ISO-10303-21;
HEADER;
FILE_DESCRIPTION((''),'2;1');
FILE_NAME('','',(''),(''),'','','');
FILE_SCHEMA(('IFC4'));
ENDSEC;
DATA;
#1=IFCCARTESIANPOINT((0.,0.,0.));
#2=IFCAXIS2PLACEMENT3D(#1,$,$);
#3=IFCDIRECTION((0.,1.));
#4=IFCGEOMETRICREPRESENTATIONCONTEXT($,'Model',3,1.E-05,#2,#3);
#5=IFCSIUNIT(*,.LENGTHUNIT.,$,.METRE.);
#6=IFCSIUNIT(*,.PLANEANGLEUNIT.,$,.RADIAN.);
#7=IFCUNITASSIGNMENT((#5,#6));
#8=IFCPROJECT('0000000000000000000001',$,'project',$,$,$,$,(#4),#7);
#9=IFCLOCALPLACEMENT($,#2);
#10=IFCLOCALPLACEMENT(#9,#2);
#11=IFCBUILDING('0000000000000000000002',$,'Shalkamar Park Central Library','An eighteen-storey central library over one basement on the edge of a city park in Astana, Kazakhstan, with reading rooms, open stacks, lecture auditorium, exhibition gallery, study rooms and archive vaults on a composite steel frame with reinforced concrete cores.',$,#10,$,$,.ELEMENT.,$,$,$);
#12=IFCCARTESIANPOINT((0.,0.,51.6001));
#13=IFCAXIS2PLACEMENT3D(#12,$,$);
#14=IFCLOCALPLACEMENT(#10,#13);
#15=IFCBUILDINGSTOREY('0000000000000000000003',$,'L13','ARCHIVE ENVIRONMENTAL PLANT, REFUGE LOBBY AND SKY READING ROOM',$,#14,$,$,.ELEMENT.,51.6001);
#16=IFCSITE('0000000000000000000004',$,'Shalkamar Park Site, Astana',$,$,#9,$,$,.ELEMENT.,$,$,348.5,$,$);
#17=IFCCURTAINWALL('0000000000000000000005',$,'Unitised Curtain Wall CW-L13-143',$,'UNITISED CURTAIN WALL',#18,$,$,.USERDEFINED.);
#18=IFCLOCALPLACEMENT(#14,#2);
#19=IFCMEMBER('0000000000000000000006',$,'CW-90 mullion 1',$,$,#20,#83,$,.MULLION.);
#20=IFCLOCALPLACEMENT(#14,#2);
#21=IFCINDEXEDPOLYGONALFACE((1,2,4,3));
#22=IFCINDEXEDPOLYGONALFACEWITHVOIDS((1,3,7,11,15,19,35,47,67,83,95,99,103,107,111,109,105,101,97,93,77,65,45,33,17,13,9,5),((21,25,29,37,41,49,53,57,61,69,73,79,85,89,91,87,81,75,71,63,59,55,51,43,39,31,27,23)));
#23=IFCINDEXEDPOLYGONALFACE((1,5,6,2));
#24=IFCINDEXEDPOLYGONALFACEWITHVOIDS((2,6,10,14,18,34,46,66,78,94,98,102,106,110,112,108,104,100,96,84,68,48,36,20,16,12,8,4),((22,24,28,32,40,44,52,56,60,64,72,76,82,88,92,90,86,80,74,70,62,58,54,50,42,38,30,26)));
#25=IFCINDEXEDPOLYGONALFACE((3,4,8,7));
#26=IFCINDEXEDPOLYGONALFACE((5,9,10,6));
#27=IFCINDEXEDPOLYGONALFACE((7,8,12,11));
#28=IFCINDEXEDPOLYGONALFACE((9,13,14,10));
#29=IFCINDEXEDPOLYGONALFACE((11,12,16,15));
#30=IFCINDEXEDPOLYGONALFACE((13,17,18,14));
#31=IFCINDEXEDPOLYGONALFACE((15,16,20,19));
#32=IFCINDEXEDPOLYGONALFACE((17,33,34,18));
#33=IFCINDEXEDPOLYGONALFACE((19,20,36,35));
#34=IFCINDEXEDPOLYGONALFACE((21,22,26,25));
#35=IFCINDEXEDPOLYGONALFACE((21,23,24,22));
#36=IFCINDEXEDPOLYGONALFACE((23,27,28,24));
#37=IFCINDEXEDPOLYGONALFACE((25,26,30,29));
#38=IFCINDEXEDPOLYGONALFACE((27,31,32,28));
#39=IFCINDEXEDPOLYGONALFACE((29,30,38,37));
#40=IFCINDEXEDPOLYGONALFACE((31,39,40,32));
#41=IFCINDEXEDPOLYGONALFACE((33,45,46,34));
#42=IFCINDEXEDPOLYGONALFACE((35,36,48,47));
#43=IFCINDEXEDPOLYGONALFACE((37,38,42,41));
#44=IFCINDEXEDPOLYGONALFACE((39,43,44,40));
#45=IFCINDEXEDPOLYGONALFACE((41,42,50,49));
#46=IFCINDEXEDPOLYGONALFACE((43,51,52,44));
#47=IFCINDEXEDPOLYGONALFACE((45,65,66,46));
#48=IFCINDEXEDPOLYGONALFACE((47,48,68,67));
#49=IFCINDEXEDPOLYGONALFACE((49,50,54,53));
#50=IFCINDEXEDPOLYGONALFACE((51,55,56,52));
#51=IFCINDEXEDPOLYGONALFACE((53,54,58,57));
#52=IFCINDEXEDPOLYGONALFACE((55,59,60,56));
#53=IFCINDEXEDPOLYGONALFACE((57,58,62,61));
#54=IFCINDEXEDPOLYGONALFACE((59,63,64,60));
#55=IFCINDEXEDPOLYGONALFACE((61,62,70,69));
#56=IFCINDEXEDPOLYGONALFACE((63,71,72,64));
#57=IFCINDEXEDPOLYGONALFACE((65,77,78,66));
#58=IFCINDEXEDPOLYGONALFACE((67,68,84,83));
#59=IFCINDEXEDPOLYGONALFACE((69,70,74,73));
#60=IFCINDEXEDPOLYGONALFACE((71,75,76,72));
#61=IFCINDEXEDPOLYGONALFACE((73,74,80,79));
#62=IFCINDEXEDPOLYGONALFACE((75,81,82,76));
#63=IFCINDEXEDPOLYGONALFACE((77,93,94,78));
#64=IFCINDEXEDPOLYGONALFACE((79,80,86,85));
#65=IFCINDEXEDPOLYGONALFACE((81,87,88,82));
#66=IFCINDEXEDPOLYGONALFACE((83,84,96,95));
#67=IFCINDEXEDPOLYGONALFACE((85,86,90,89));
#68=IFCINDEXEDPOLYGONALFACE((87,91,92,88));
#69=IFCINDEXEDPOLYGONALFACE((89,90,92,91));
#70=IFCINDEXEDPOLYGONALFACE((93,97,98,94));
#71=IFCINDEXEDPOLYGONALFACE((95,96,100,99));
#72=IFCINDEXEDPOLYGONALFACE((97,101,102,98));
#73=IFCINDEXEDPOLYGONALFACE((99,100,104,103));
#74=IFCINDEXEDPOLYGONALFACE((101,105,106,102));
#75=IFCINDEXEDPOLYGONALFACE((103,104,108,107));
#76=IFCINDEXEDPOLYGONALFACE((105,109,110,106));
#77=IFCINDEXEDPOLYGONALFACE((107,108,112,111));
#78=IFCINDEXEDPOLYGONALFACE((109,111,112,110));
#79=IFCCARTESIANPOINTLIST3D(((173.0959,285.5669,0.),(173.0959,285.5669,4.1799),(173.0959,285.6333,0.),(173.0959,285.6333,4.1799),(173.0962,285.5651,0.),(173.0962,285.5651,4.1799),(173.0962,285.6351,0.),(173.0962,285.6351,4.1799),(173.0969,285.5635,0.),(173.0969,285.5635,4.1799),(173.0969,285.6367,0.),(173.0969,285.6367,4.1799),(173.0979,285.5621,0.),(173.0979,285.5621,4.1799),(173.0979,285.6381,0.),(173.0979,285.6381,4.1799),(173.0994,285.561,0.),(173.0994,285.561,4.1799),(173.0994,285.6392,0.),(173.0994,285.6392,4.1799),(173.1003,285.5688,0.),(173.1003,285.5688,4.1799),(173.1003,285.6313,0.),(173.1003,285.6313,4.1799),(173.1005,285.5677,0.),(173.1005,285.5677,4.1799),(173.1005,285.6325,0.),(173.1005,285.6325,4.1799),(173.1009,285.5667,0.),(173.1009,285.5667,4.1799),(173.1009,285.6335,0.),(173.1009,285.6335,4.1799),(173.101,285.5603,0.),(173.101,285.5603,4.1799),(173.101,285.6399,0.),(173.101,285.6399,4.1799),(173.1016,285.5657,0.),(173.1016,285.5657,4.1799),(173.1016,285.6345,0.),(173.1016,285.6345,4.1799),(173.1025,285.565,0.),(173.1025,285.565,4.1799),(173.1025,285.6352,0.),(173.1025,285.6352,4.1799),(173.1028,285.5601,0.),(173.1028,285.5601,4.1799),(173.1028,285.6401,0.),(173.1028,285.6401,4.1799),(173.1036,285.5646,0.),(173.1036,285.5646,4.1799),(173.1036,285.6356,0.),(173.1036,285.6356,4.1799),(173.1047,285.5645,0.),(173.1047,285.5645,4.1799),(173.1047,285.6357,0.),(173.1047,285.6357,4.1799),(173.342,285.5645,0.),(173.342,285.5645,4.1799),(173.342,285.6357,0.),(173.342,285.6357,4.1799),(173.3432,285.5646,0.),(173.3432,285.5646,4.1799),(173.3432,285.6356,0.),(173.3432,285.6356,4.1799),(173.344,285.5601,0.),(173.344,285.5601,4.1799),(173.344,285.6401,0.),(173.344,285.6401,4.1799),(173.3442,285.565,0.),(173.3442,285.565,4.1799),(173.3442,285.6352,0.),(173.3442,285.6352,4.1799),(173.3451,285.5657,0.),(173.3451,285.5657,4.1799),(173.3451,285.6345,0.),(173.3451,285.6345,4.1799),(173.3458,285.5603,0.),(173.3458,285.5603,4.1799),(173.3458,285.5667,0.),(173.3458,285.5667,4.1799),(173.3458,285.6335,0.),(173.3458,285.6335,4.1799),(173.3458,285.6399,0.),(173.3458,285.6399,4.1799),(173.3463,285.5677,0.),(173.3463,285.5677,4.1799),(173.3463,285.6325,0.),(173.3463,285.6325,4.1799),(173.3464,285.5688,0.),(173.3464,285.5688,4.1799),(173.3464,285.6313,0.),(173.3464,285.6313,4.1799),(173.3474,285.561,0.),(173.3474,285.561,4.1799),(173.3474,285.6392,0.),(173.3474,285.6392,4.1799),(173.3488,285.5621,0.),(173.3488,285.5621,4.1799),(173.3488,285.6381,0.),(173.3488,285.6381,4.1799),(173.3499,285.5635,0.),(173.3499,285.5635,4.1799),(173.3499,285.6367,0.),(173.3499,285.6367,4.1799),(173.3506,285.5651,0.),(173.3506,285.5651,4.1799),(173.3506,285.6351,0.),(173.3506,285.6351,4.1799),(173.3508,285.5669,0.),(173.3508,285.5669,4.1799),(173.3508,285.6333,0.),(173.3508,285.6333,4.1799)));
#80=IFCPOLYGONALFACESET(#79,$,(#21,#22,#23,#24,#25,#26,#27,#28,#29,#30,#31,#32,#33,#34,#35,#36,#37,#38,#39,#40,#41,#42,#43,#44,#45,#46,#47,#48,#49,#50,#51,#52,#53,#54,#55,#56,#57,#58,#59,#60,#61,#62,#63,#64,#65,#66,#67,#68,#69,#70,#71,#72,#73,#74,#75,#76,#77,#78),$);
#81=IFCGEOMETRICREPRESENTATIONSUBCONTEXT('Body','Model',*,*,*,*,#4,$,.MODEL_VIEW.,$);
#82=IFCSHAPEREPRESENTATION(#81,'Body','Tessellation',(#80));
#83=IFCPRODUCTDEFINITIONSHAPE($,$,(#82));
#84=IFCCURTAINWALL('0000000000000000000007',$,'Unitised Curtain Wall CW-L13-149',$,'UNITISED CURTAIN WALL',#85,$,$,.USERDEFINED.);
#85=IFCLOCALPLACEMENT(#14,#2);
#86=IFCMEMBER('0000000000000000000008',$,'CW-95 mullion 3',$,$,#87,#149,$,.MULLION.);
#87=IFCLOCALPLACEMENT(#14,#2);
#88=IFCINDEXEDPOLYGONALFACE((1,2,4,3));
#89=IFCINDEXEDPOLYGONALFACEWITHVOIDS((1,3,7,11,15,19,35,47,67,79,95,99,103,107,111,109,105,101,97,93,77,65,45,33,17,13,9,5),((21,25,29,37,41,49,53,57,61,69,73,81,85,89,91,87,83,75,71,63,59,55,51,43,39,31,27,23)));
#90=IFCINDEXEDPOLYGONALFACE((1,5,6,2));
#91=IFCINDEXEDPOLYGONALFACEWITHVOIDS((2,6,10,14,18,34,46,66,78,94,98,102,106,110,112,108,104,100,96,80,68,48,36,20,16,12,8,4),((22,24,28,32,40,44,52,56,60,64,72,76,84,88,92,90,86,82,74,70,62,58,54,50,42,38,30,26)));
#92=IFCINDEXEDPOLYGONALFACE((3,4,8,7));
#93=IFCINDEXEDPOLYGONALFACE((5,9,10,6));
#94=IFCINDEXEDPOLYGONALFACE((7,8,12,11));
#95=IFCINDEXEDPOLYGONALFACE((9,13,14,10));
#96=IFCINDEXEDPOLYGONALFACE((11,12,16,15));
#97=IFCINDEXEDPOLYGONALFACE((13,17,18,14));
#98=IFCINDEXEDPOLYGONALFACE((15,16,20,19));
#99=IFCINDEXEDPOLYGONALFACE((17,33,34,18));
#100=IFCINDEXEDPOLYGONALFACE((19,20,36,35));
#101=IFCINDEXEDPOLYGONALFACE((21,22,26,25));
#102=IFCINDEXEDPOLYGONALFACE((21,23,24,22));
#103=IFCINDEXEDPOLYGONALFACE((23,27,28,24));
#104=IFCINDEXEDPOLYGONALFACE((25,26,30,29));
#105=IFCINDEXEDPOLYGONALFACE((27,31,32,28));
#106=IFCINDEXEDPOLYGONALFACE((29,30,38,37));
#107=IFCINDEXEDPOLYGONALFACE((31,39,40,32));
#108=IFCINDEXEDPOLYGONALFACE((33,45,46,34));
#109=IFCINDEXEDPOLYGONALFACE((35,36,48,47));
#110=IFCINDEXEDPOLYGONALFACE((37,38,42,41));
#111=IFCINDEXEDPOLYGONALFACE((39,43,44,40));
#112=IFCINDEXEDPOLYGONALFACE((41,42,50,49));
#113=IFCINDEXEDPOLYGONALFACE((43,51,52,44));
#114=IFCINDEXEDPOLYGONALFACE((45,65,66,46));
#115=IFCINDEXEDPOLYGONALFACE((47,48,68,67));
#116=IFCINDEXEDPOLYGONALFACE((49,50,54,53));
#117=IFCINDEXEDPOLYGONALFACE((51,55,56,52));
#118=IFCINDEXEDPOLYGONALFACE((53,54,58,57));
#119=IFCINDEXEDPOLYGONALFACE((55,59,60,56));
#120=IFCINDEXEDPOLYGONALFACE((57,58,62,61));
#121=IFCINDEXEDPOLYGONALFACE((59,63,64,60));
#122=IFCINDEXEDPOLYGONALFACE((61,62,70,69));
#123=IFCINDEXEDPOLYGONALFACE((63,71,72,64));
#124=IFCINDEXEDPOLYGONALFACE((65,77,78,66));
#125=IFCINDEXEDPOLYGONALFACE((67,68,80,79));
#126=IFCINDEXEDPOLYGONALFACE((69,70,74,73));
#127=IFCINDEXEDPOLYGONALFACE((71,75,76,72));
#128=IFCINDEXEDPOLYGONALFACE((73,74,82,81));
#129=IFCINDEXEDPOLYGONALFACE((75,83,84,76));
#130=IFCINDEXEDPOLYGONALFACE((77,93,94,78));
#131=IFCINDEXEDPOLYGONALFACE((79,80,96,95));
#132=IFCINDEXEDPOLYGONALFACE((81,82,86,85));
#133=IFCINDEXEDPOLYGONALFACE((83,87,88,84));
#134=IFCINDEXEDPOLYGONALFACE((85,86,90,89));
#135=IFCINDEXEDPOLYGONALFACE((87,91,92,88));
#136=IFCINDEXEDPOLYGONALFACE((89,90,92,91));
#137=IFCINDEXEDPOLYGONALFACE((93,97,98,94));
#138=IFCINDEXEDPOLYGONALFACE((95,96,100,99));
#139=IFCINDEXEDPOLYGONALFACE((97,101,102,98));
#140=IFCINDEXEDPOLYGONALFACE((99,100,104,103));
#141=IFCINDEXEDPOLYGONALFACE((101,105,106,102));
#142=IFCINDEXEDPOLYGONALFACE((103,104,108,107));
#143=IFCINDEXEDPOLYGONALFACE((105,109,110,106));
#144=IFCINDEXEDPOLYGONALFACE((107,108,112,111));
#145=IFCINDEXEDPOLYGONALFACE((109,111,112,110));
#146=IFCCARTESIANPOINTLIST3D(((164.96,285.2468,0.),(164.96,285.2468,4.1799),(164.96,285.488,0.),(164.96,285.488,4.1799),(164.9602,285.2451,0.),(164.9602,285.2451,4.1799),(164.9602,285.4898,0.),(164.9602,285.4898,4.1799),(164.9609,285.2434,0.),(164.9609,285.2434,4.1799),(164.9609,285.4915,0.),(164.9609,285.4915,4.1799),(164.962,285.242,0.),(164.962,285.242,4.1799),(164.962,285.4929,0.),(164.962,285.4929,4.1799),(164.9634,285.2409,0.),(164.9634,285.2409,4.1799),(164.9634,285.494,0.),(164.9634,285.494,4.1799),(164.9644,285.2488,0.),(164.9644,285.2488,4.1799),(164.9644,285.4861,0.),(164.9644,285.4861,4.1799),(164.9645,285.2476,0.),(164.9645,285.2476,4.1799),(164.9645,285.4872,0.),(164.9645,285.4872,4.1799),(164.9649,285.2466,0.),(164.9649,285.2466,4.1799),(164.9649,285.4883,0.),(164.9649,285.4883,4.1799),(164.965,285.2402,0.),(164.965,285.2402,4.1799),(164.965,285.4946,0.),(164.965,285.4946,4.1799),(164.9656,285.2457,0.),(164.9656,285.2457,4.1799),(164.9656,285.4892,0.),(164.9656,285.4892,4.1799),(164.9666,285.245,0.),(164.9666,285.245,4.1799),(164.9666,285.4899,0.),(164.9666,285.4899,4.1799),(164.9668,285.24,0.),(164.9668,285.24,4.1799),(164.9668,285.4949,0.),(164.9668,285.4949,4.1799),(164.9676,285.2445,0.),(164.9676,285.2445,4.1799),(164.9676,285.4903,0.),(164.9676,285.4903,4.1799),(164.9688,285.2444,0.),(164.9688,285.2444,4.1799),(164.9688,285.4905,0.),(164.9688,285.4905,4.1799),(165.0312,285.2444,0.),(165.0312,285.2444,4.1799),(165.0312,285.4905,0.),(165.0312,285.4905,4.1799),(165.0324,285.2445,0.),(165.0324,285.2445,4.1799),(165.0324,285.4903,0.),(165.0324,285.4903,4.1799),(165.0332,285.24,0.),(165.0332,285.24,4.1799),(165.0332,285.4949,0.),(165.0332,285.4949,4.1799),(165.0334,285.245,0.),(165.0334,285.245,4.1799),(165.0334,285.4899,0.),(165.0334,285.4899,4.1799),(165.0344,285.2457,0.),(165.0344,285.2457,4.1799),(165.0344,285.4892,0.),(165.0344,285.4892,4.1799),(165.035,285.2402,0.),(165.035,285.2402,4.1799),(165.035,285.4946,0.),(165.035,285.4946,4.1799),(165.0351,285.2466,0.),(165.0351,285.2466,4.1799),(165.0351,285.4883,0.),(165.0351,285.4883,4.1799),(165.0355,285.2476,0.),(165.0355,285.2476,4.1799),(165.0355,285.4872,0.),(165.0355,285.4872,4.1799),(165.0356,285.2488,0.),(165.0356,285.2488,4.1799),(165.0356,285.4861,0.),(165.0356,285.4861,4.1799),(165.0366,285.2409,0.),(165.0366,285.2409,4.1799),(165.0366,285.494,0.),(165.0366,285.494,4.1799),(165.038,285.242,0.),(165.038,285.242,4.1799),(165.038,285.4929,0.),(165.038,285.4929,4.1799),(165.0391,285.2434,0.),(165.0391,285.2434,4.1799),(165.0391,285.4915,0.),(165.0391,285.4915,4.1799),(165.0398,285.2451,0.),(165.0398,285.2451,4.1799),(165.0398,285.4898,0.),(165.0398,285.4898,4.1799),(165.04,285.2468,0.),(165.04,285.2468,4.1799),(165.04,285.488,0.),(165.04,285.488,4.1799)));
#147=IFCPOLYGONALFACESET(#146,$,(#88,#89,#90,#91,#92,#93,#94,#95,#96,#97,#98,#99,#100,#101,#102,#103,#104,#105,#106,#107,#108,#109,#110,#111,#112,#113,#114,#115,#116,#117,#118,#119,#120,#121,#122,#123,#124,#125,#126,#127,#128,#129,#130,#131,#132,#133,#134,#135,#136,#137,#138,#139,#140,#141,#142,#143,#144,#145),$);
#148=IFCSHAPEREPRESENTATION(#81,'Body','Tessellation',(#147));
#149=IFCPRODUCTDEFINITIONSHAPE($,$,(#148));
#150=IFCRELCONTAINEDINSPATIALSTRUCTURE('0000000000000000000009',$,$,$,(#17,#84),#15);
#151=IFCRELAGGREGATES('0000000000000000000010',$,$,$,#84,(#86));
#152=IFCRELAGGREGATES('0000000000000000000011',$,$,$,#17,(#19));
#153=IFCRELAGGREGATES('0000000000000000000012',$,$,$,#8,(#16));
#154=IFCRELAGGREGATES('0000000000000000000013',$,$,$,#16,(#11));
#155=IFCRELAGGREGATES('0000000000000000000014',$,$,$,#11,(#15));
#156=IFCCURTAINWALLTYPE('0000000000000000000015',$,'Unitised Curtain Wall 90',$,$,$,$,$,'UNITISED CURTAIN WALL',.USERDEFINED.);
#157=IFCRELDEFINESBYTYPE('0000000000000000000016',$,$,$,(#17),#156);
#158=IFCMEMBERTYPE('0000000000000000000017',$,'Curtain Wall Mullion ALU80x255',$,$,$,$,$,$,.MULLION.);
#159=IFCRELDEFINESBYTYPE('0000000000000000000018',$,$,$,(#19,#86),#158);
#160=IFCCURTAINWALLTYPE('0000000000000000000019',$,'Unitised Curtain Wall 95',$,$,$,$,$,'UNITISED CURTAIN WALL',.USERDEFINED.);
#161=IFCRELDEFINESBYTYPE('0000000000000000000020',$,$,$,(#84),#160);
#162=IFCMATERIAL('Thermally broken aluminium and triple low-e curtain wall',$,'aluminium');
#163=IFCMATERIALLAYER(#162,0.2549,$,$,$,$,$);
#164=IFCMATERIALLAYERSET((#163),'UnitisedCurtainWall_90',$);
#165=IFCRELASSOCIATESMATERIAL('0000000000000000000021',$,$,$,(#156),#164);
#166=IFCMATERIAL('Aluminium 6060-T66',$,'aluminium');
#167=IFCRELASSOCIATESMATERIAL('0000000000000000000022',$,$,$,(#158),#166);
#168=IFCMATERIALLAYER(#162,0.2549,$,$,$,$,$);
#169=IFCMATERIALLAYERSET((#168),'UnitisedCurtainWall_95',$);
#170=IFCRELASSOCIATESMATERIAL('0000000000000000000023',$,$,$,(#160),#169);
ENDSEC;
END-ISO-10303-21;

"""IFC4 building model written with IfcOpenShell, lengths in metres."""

from ifc_helpers import new_model, si_unit, direction, frame, origin, origin_2d, place, context, subcontext, project, spatial, hollow_rectangle, extrude, material, layer, layer_set, material_profile, profile_set, type_object, element, aggregate, save


model = new_model("IFC4")

# Units and contexts
model_context = context("Model", 3, precision=1e-05, world=origin(), true_north=direction((0.0, 1.0)))
body_context = subcontext(model_context, "Body", "Model", "MODEL_VIEW")
ifc_project = project(units=[si_unit("LENGTHUNIT", "METRE"), si_unit("PLANEANGLEUNIT", "RADIAN")], contexts=[model_context])

# Site, building, storey
site_placement = place(None, origin())
site = spatial("IfcSite", under=ifc_project, at=site_placement, Name="Shalkamar Park Site, Astana", CompositionType="ELEMENT", RefElevation=348.5)
building_placement = place(site_placement, origin())
building = spatial("IfcBuilding", under=site, at=building_placement, Name="Shalkamar Park Central Library", Description="An eighteen-storey central library over one basement on the edge of a city park in Astana, Kazakhstan, with reading rooms, open stacks, lecture auditorium, exhibition gallery, study rooms and archive vaults on a composite steel frame with reinforced concrete cores.", CompositionType="ELEMENT")
storey_placement = place(building_placement, frame((0.0, 0.0, 51.6001)))
storey = spatial("IfcBuildingStorey", under=building, at=storey_placement, Name="L13", Description="ARCHIVE ENVIRONMENTAL PLANT, REFUGE LOBBY AND SKY READING ROOM", CompositionType="ELEMENT", Elevation=51.6001)

# Shared definitions
ifc_material_1 = material(Name="Thermally broken aluminium and triple low-e curtain wall", Category="aluminium")
ifc_material_2 = material(Name="Aluminium 6060-T66", Category="aluminium")

# Curtain walls, members
ifc_layer_1 = layer(ifc_material_1, 0.2549)
ifc_layer_set_1 = layer_set([ifc_layer_1], Name="UnitisedCurtainWall_90")
curtain_wall_type_1 = type_object("IfcCurtainWallType", Name="Unitised Curtain Wall 90", ElementType="UNITISED CURTAIN WALL", PredefinedType="USERDEFINED", material=ifc_layer_set_1)
curtain_wall_1_placement = place(storey_placement, origin())
curtain_wall_1 = element("IfcCurtainWall", 1, at=curtain_wall_1_placement, inside=storey, type_object=curtain_wall_type_1, Name="Unitised Curtain Wall CW-L13-143", ObjectType="UNITISED CURTAIN WALL", PredefinedType="USERDEFINED")
ifc_material_profile_1 = material_profile(ifc_material_2, hollow_rectangle(XDim=0.0801, YDim=0.2549, WallThickness=0.0044, InnerFilletRadius=0.0044, OuterFilletRadius=0.0068, at=origin_2d()), Name="ALU 80x255x4.5")
ifc_profile_set_1 = profile_set([ifc_material_profile_1], Name="Aluminium 6060-T66")
member_type_1 = type_object("IfcMemberType", Name="Curtain Wall Mullion ALU80x255", PredefinedType="MULLION", material=ifc_profile_set_1)
member_1_placement = place(storey_placement, frame((173.2234, 285.6001, 0.0), z_axis=(0.0, 0.0, 1.0), x_axis=(0.0, 1.0, 0.0)))
member_1 = element("IfcMember", 2, at=member_1_placement, type_object=member_type_1, Name="CW-90 mullion 1", PredefinedType="MULLION", context=body_context, shape_type="SweptSolid", body=[
    extrude(hollow_rectangle(XDim=0.0801, YDim=0.2549, WallThickness=0.0044, InnerFilletRadius=0.0044, OuterFilletRadius=0.0068, at=origin_2d()), origin(), (0.0, 0.0, 1.0), 4.1799),
])
ifc_layer_2 = layer(ifc_material_1, 0.2549)
ifc_layer_set_2 = layer_set([ifc_layer_2], Name="UnitisedCurtainWall_95")
curtain_wall_type_2 = type_object("IfcCurtainWallType", Name="Unitised Curtain Wall 95", ElementType="UNITISED CURTAIN WALL", PredefinedType="USERDEFINED", material=ifc_layer_set_2)
curtain_wall_2_placement = place(storey_placement, origin())
curtain_wall_2 = element("IfcCurtainWall", 3, at=curtain_wall_2_placement, inside=storey, type_object=curtain_wall_type_2, Name="Unitised Curtain Wall CW-L13-149", ObjectType="UNITISED CURTAIN WALL", PredefinedType="USERDEFINED")
member_2_placement = place(storey_placement, frame((165.0, 285.3674, 0.0), z_axis=(0.0, 0.0, 1.0), x_axis=(-1.0, 0.0, 0.0)))
member_2 = element("IfcMember", 4, at=member_2_placement, type_object=member_type_1, Name="CW-95 mullion 3", PredefinedType="MULLION", context=body_context, shape_type="SweptSolid", body=[
    extrude(hollow_rectangle(XDim=0.0801, YDim=0.2549, WallThickness=0.0044, InnerFilletRadius=0.0044, OuterFilletRadius=0.0068, at=origin_2d()), origin(), (0.0, 0.0, 1.0), 4.1799),
])
aggregate(curtain_wall_2, [member_2])

aggregate(curtain_wall_1, [member_1])

save(model, "model.ifc")
